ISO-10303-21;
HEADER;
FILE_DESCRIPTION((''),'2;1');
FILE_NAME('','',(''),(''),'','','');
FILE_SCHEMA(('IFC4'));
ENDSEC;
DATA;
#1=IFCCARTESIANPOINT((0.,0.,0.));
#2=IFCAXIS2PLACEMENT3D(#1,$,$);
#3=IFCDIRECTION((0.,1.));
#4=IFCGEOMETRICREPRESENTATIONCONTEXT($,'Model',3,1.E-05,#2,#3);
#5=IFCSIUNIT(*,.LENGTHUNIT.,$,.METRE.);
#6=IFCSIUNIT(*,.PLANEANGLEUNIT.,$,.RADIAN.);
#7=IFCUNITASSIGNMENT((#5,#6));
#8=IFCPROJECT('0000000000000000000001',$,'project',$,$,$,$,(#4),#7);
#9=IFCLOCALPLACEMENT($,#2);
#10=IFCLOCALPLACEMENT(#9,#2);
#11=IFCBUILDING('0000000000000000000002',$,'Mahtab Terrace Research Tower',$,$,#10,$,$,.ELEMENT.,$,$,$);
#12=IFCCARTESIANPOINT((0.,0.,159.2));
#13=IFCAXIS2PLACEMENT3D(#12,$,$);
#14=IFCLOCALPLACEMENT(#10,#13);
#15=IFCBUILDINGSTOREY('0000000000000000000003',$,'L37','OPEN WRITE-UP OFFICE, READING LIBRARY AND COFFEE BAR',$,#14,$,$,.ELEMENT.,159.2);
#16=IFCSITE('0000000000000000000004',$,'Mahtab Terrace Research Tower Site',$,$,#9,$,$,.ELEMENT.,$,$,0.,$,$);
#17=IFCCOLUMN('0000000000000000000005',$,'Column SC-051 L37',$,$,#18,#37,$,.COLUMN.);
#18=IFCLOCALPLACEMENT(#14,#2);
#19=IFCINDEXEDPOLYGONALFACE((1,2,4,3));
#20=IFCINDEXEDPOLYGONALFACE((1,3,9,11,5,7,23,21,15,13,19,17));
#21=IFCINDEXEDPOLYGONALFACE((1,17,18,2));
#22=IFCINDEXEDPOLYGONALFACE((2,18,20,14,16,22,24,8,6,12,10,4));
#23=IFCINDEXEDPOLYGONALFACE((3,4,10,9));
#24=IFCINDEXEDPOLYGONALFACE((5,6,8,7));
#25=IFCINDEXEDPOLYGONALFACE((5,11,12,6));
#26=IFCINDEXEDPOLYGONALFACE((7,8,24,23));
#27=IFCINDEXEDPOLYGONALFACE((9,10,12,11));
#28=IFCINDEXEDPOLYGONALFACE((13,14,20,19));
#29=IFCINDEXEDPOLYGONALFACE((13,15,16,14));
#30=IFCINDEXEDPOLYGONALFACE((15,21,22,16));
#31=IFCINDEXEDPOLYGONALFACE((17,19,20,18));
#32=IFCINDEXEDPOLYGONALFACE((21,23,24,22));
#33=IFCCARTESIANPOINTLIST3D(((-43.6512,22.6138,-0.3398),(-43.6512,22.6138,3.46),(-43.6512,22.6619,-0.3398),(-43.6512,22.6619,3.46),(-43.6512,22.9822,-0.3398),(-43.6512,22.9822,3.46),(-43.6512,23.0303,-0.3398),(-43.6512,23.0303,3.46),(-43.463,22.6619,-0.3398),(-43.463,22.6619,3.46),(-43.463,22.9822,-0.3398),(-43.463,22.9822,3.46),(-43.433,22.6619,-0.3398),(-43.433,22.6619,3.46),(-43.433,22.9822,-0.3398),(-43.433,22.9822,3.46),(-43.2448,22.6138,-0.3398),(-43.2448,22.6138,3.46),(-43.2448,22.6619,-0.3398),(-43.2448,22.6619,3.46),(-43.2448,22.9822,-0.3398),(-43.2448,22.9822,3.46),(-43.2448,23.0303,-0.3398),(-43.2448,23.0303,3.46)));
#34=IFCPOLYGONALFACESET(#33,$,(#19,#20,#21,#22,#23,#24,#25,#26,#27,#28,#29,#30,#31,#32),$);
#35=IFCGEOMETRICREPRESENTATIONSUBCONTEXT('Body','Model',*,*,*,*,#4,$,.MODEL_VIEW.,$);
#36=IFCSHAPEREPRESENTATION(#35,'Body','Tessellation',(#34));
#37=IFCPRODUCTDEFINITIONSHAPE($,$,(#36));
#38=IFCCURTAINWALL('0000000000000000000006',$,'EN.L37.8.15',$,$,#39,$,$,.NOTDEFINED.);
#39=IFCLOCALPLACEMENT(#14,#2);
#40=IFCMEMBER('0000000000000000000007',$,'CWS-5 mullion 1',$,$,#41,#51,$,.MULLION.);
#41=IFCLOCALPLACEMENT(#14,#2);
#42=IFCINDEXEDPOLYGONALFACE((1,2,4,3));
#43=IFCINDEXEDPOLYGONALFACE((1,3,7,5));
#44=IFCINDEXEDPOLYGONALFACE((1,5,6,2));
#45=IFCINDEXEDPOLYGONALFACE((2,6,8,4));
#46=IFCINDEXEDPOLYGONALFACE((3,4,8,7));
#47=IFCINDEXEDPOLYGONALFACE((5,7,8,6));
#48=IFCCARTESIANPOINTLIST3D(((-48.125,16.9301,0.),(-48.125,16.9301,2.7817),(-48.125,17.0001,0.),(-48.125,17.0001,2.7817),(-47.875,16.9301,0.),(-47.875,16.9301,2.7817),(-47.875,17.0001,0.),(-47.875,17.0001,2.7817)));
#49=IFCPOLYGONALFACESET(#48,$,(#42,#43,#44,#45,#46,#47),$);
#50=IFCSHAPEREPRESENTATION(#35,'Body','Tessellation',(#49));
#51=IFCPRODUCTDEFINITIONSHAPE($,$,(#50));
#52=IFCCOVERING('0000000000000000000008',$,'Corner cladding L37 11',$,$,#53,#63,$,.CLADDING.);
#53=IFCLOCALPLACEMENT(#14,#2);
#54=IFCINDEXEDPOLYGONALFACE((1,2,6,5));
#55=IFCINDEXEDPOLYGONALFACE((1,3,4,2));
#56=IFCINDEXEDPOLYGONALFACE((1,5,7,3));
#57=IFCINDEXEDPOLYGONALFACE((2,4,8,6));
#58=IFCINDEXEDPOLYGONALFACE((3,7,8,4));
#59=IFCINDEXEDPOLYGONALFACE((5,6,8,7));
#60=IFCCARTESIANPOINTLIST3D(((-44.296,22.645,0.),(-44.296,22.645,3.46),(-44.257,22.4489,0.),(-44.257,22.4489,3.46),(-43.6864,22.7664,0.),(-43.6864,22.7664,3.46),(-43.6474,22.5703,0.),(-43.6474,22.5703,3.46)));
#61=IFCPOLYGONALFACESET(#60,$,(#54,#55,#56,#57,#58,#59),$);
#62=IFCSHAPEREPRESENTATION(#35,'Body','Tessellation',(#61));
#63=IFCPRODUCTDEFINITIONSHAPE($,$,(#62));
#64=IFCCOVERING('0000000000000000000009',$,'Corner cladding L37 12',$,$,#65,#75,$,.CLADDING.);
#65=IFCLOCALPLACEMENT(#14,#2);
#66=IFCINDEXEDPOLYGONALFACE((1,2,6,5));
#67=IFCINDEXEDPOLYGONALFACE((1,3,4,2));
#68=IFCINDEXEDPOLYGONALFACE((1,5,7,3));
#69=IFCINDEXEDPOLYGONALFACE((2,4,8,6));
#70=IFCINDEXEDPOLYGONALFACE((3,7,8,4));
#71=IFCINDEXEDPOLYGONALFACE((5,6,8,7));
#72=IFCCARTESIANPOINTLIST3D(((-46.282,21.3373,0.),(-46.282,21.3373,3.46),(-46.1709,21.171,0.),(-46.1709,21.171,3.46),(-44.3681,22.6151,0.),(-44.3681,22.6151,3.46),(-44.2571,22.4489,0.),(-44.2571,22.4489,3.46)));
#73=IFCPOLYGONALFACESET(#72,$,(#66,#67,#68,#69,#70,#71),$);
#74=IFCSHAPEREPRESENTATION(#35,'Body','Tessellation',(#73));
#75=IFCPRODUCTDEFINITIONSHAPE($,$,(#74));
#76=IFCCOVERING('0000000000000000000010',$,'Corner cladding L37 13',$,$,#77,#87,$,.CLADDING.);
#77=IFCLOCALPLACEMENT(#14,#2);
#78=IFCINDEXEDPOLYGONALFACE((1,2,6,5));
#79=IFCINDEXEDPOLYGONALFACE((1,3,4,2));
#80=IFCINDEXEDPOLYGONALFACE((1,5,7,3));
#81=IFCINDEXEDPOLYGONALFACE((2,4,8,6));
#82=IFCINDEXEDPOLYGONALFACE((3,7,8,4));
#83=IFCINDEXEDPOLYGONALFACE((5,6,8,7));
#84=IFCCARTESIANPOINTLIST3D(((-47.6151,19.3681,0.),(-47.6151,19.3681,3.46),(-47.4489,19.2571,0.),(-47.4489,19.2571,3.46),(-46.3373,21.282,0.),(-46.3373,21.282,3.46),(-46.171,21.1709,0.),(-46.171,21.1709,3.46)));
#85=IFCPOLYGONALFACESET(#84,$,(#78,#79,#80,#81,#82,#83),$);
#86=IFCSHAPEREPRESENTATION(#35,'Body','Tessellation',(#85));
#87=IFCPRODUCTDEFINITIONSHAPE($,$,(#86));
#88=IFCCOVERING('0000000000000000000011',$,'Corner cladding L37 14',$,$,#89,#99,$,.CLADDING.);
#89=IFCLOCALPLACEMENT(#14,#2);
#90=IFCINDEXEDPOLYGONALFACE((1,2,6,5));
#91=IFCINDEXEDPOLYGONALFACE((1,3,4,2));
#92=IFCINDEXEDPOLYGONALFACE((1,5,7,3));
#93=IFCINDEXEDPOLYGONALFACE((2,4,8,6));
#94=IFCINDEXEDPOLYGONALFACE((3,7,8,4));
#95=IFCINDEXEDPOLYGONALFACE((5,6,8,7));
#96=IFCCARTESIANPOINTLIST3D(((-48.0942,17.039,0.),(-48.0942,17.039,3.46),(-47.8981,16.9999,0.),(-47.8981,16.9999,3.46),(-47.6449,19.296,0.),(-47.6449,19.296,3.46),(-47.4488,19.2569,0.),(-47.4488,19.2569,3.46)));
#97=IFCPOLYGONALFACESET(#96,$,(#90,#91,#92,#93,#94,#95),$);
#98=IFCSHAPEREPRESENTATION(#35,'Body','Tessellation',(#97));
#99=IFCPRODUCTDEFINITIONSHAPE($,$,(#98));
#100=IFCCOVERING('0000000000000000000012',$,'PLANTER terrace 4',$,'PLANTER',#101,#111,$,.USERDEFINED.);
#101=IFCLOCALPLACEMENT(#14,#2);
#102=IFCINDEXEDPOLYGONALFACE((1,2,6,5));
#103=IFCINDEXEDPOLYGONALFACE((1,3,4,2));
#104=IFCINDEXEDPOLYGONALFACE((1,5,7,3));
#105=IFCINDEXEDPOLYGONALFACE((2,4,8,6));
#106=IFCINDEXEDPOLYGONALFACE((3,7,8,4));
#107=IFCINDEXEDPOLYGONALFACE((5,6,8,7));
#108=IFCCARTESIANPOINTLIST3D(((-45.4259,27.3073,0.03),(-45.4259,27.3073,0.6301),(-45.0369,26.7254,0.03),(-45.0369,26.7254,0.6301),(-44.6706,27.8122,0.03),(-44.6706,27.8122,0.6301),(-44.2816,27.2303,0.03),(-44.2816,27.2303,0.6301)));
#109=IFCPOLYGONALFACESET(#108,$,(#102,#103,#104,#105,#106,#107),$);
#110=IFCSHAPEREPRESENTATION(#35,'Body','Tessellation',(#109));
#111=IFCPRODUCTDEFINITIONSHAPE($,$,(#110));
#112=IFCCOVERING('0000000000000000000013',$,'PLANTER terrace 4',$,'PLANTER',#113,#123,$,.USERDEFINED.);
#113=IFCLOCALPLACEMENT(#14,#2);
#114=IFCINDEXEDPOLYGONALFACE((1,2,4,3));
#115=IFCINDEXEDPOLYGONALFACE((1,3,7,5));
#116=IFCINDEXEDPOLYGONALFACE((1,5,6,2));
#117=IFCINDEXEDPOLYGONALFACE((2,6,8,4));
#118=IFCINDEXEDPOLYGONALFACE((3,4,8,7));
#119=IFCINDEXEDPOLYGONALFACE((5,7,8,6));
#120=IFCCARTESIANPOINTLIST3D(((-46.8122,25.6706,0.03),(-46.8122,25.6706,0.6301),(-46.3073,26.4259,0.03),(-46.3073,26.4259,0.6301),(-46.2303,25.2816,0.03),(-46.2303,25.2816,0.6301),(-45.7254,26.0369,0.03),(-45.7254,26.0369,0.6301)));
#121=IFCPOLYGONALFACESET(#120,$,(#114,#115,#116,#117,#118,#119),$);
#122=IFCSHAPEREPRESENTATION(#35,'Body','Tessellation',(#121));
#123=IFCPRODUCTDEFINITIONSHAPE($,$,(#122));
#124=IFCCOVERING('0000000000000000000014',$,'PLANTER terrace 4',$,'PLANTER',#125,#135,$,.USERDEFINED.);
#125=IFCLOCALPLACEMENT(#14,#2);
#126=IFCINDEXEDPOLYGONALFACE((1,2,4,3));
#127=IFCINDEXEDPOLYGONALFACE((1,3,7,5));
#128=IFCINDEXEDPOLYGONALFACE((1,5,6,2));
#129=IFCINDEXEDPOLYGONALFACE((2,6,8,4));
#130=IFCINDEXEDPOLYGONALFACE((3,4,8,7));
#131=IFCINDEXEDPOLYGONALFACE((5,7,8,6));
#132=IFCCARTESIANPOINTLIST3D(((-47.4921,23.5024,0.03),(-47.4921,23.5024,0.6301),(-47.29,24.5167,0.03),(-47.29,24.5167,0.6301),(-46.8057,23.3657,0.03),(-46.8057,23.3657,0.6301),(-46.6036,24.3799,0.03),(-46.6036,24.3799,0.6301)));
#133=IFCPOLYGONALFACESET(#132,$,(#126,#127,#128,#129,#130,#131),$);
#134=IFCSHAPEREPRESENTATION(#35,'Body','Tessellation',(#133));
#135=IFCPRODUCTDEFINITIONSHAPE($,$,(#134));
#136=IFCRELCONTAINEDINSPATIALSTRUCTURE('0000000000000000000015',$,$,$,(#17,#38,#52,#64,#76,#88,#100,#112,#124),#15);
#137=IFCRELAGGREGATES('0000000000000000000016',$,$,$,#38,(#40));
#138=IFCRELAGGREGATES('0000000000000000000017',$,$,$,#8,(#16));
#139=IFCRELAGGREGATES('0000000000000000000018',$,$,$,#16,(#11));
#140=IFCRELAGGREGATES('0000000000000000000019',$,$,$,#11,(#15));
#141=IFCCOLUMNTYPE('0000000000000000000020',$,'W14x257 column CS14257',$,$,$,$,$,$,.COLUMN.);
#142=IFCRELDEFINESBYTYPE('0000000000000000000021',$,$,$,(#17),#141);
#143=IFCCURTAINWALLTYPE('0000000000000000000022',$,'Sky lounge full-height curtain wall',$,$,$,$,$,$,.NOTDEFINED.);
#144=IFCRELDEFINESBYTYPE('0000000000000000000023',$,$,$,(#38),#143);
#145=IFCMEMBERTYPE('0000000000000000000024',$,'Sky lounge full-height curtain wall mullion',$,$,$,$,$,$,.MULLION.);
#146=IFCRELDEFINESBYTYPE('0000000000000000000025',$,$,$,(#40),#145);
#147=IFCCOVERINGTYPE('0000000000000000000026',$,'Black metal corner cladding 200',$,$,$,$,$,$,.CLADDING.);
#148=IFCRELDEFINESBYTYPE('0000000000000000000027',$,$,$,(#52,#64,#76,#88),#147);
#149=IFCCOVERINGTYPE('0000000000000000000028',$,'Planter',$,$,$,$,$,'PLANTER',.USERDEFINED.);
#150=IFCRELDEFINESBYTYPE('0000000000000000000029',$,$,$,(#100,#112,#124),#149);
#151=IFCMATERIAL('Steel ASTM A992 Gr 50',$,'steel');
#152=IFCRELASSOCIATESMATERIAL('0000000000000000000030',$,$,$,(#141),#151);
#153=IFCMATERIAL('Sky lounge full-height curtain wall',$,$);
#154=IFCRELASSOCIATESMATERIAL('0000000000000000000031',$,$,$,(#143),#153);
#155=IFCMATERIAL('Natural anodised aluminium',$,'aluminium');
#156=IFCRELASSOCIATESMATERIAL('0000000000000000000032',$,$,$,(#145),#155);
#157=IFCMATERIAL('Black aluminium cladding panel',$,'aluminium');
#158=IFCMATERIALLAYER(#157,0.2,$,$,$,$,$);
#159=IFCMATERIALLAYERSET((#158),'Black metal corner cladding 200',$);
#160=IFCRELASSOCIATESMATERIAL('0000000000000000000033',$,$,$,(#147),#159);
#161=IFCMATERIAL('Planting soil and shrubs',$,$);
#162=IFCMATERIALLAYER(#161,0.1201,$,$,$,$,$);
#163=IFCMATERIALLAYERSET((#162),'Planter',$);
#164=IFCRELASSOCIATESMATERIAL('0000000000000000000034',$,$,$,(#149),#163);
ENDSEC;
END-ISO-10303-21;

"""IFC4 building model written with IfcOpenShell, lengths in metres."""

from ifc_helpers import new_model, si_unit, direction, frame, origin, origin_2d, place, context, subcontext, project, spatial, rectangle, i_section, extrude, material, layer, layer_set, material_profile, profile_set, type_object, element, aggregate, save


model = new_model("IFC4")

# Units and contexts
model_context = context("Model", 3, precision=1e-05, world=origin(), true_north=direction((0.0, 1.0)))
body_context = subcontext(model_context, "Body", "Model", "MODEL_VIEW")
ifc_project = project(units=[si_unit("LENGTHUNIT", "METRE"), si_unit("PLANEANGLEUNIT", "RADIAN")], contexts=[model_context])

# Site, building, storey
site_placement = place(None, origin())
site = spatial("IfcSite", under=ifc_project, at=site_placement, Name="Mahtab Terrace Research Tower Site", CompositionType="ELEMENT", RefElevation=0.0)
building_placement = place(site_placement, origin())
building = spatial("IfcBuilding", under=site, at=building_placement, Name="Mahtab Terrace Research Tower", CompositionType="ELEMENT")
storey_placement = place(building_placement, frame((0.0, 0.0, 159.2)))
storey = spatial("IfcBuildingStorey", under=building, at=storey_placement, Name="L37", Description="OPEN WRITE-UP OFFICE, READING LIBRARY AND COFFEE BAR", CompositionType="ELEMENT", Elevation=159.2)

# Column
ifc_material_1 = material(Name="Steel ASTM A992 Gr 50", Category="steel")
ifc_material_profile_1 = material_profile(ifc_material_1, i_section(OverallWidth=0.4065, OverallDepth=0.4165, WebThickness=0.03, FlangeThickness=0.0481, at=origin_2d()), Name="W14X257")
ifc_profile_set_1 = profile_set([ifc_material_profile_1], Name="Steel ASTM A992 Gr 50")
column_type = type_object("IfcColumnType", Name="W14x257 column CS14257", PredefinedType="COLUMN", material=ifc_profile_set_1)
column_placement = place(storey_placement, frame((-43.448, 22.822, -0.3398), z_axis=(0.0, 0.0, 1.0), x_axis=(1.0, 0.0, 0.0)))
element("IfcColumn", 1, at=column_placement, inside=storey, type_object=column_type, Name="Column SC-051 L37", PredefinedType="COLUMN", context=body_context, shape_type="SweptSolid", body=[
    extrude(i_section(OverallWidth=0.4065, OverallDepth=0.4165, WebThickness=0.03, FlangeThickness=0.0481, at=origin_2d()), origin(), (0.0, 0.0, 1.0), 3.7998),
])

# Curtain wall, member
ifc_material_2 = material(Name="Sky lounge full-height curtain wall")
curtain_wall_type = type_object("IfcCurtainWallType", Name="Sky lounge full-height curtain wall", PredefinedType="NOTDEFINED", material=ifc_material_2)
curtain_wall_placement = place(storey_placement, origin())
curtain_wall = element("IfcCurtainWall", 2, at=curtain_wall_placement, inside=storey, type_object=curtain_wall_type, Name="EN.L37.8.15", PredefinedType="NOTDEFINED")
ifc_material_3 = material(Name="Natural anodised aluminium", Category="aluminium")
ifc_material_profile_2 = material_profile(ifc_material_3, rectangle(XDim=0.25, YDim=0.0701, at=origin_2d()), Name="MULLION 70x250")
ifc_profile_set_2 = profile_set([ifc_material_profile_2], Name="Natural anodised aluminium")
member_type = type_object("IfcMemberType", Name="Sky lounge full-height curtain wall mullion", PredefinedType="MULLION", material=ifc_profile_set_2)
member_placement = place(storey_placement, frame((-48.0, 16.9651, 0.0), z_axis=(0.0, 0.0, 1.0), x_axis=(1.0, 0.0, 0.0)))
member = element("IfcMember", 3, at=member_placement, type_object=member_type, Name="CWS-5 mullion 1", PredefinedType="MULLION", context=body_context, shape_type="SweptSolid", body=[
    extrude(rectangle(XDim=0.25, YDim=0.0701, at=origin_2d()), origin(), (0.0, 0.0, 1.0), 2.7817),
])
aggregate(curtain_wall, [member])

# Coverings
ifc_material_4 = material(Name="Black aluminium cladding panel", Category="aluminium")
ifc_layer_1 = layer(ifc_material_4, 0.2)
ifc_layer_set_1 = layer_set([ifc_layer_1], Name="Black metal corner cladding 200")
covering_type_1 = type_object("IfcCoveringType", Name="Black metal corner cladding 200", PredefinedType="CLADDING", material=ifc_layer_set_1)
covering_1_placement = place(storey_placement, frame((-43.9717, 22.6077, 0.0), z_axis=(0.0, 0.0, 1.0), x_axis=(-0.980761, -0.195212, 0.0)))
element("IfcCovering", 4, at=covering_1_placement, inside=storey, type_object=covering_type_1, Name="Corner cladding L37 11", PredefinedType="CLADDING", context=body_context, shape_type="SweptSolid", body=[
    extrude(rectangle(XDim=0.6216, YDim=0.2, at=origin_2d()), origin(), (0.0, 0.0, 1.0), 3.46),
])
for number, where, z_axis, x_axis, name in (
    (5, (-45.2695, 21.8931, 0.0), (0.0, 0.0, 1.0), (-0.831656, -0.555291, 0.0), "Corner cladding L37 12"),
    (6, (-46.8931, 20.2695, 0.0), (0.0, 0.0, 1.0), (-0.555291, -0.831656, 0.0), "Corner cladding L37 13"),
    (7, (-47.7715, 18.1479, 0.0), (0.0, 0.0, 1.0), (-0.195212, -0.980761, 0.0), "Corner cladding L37 14"),
):
    element("IfcCovering", number, at=place(storey_placement, frame(where, z_axis=z_axis, x_axis=x_axis)), inside=storey, type_object=covering_type_1, Name=name, PredefinedType="CLADDING", context=body_context, shape_type="SweptSolid", body=[
        extrude(rectangle(XDim=2.3013, YDim=0.2, at=origin_2d()), origin(), (0.0, 0.0, 1.0), 3.46),
    ])
ifc_material_5 = material(Name="Planting soil and shrubs")
ifc_layer_2 = layer(ifc_material_5, 0.1201)
ifc_layer_set_2 = layer_set([ifc_layer_2], Name="Planter")
covering_type_2 = type_object("IfcCoveringType", Name="Planter", ElementType="PLANTER", PredefinedType="USERDEFINED", material=ifc_layer_set_2)
for number, where, z_axis, x_axis, name in (
    (8, (-44.8538, 27.2688, 0.03), (0.0, 0.0, 1.0), (-0.831344, -0.555757, 0.0), "PLANTER terrace 4"),
    (9, (-46.2688, 25.8538, 0.03), (0.0, 0.0, 1.0), (-0.555757, -0.831344, 0.0), "PLANTER terrace 4"),
):
    element("IfcCovering", number, at=place(storey_placement, frame(where, z_axis=z_axis, x_axis=x_axis)), inside=storey, type_object=covering_type_2, Name=name, ObjectType="PLANTER", PredefinedType="USERDEFINED", context=body_context, shape_type="SweptSolid", body=[
        extrude(rectangle(XDim=0.9084, YDim=0.7, at=origin_2d()), origin(), (0.0, 0.0, 1.0), 0.6001),
    ])
covering_2_placement = place(storey_placement, frame((-47.0479, 23.9412, 0.03), z_axis=(0.0, 0.0, 1.0), x_axis=(-0.195395, -0.980725, 0.0)))
element("IfcCovering", 10, at=covering_2_placement, inside=storey, type_object=covering_type_2, Name="PLANTER terrace 4", ObjectType="PLANTER", PredefinedType="USERDEFINED", context=body_context, shape_type="SweptSolid", body=[
    extrude(rectangle(XDim=1.0342, YDim=0.7, at=origin_2d()), origin(), (0.0, 0.0, 1.0), 0.6001),
])

save(model, "model.ifc")
